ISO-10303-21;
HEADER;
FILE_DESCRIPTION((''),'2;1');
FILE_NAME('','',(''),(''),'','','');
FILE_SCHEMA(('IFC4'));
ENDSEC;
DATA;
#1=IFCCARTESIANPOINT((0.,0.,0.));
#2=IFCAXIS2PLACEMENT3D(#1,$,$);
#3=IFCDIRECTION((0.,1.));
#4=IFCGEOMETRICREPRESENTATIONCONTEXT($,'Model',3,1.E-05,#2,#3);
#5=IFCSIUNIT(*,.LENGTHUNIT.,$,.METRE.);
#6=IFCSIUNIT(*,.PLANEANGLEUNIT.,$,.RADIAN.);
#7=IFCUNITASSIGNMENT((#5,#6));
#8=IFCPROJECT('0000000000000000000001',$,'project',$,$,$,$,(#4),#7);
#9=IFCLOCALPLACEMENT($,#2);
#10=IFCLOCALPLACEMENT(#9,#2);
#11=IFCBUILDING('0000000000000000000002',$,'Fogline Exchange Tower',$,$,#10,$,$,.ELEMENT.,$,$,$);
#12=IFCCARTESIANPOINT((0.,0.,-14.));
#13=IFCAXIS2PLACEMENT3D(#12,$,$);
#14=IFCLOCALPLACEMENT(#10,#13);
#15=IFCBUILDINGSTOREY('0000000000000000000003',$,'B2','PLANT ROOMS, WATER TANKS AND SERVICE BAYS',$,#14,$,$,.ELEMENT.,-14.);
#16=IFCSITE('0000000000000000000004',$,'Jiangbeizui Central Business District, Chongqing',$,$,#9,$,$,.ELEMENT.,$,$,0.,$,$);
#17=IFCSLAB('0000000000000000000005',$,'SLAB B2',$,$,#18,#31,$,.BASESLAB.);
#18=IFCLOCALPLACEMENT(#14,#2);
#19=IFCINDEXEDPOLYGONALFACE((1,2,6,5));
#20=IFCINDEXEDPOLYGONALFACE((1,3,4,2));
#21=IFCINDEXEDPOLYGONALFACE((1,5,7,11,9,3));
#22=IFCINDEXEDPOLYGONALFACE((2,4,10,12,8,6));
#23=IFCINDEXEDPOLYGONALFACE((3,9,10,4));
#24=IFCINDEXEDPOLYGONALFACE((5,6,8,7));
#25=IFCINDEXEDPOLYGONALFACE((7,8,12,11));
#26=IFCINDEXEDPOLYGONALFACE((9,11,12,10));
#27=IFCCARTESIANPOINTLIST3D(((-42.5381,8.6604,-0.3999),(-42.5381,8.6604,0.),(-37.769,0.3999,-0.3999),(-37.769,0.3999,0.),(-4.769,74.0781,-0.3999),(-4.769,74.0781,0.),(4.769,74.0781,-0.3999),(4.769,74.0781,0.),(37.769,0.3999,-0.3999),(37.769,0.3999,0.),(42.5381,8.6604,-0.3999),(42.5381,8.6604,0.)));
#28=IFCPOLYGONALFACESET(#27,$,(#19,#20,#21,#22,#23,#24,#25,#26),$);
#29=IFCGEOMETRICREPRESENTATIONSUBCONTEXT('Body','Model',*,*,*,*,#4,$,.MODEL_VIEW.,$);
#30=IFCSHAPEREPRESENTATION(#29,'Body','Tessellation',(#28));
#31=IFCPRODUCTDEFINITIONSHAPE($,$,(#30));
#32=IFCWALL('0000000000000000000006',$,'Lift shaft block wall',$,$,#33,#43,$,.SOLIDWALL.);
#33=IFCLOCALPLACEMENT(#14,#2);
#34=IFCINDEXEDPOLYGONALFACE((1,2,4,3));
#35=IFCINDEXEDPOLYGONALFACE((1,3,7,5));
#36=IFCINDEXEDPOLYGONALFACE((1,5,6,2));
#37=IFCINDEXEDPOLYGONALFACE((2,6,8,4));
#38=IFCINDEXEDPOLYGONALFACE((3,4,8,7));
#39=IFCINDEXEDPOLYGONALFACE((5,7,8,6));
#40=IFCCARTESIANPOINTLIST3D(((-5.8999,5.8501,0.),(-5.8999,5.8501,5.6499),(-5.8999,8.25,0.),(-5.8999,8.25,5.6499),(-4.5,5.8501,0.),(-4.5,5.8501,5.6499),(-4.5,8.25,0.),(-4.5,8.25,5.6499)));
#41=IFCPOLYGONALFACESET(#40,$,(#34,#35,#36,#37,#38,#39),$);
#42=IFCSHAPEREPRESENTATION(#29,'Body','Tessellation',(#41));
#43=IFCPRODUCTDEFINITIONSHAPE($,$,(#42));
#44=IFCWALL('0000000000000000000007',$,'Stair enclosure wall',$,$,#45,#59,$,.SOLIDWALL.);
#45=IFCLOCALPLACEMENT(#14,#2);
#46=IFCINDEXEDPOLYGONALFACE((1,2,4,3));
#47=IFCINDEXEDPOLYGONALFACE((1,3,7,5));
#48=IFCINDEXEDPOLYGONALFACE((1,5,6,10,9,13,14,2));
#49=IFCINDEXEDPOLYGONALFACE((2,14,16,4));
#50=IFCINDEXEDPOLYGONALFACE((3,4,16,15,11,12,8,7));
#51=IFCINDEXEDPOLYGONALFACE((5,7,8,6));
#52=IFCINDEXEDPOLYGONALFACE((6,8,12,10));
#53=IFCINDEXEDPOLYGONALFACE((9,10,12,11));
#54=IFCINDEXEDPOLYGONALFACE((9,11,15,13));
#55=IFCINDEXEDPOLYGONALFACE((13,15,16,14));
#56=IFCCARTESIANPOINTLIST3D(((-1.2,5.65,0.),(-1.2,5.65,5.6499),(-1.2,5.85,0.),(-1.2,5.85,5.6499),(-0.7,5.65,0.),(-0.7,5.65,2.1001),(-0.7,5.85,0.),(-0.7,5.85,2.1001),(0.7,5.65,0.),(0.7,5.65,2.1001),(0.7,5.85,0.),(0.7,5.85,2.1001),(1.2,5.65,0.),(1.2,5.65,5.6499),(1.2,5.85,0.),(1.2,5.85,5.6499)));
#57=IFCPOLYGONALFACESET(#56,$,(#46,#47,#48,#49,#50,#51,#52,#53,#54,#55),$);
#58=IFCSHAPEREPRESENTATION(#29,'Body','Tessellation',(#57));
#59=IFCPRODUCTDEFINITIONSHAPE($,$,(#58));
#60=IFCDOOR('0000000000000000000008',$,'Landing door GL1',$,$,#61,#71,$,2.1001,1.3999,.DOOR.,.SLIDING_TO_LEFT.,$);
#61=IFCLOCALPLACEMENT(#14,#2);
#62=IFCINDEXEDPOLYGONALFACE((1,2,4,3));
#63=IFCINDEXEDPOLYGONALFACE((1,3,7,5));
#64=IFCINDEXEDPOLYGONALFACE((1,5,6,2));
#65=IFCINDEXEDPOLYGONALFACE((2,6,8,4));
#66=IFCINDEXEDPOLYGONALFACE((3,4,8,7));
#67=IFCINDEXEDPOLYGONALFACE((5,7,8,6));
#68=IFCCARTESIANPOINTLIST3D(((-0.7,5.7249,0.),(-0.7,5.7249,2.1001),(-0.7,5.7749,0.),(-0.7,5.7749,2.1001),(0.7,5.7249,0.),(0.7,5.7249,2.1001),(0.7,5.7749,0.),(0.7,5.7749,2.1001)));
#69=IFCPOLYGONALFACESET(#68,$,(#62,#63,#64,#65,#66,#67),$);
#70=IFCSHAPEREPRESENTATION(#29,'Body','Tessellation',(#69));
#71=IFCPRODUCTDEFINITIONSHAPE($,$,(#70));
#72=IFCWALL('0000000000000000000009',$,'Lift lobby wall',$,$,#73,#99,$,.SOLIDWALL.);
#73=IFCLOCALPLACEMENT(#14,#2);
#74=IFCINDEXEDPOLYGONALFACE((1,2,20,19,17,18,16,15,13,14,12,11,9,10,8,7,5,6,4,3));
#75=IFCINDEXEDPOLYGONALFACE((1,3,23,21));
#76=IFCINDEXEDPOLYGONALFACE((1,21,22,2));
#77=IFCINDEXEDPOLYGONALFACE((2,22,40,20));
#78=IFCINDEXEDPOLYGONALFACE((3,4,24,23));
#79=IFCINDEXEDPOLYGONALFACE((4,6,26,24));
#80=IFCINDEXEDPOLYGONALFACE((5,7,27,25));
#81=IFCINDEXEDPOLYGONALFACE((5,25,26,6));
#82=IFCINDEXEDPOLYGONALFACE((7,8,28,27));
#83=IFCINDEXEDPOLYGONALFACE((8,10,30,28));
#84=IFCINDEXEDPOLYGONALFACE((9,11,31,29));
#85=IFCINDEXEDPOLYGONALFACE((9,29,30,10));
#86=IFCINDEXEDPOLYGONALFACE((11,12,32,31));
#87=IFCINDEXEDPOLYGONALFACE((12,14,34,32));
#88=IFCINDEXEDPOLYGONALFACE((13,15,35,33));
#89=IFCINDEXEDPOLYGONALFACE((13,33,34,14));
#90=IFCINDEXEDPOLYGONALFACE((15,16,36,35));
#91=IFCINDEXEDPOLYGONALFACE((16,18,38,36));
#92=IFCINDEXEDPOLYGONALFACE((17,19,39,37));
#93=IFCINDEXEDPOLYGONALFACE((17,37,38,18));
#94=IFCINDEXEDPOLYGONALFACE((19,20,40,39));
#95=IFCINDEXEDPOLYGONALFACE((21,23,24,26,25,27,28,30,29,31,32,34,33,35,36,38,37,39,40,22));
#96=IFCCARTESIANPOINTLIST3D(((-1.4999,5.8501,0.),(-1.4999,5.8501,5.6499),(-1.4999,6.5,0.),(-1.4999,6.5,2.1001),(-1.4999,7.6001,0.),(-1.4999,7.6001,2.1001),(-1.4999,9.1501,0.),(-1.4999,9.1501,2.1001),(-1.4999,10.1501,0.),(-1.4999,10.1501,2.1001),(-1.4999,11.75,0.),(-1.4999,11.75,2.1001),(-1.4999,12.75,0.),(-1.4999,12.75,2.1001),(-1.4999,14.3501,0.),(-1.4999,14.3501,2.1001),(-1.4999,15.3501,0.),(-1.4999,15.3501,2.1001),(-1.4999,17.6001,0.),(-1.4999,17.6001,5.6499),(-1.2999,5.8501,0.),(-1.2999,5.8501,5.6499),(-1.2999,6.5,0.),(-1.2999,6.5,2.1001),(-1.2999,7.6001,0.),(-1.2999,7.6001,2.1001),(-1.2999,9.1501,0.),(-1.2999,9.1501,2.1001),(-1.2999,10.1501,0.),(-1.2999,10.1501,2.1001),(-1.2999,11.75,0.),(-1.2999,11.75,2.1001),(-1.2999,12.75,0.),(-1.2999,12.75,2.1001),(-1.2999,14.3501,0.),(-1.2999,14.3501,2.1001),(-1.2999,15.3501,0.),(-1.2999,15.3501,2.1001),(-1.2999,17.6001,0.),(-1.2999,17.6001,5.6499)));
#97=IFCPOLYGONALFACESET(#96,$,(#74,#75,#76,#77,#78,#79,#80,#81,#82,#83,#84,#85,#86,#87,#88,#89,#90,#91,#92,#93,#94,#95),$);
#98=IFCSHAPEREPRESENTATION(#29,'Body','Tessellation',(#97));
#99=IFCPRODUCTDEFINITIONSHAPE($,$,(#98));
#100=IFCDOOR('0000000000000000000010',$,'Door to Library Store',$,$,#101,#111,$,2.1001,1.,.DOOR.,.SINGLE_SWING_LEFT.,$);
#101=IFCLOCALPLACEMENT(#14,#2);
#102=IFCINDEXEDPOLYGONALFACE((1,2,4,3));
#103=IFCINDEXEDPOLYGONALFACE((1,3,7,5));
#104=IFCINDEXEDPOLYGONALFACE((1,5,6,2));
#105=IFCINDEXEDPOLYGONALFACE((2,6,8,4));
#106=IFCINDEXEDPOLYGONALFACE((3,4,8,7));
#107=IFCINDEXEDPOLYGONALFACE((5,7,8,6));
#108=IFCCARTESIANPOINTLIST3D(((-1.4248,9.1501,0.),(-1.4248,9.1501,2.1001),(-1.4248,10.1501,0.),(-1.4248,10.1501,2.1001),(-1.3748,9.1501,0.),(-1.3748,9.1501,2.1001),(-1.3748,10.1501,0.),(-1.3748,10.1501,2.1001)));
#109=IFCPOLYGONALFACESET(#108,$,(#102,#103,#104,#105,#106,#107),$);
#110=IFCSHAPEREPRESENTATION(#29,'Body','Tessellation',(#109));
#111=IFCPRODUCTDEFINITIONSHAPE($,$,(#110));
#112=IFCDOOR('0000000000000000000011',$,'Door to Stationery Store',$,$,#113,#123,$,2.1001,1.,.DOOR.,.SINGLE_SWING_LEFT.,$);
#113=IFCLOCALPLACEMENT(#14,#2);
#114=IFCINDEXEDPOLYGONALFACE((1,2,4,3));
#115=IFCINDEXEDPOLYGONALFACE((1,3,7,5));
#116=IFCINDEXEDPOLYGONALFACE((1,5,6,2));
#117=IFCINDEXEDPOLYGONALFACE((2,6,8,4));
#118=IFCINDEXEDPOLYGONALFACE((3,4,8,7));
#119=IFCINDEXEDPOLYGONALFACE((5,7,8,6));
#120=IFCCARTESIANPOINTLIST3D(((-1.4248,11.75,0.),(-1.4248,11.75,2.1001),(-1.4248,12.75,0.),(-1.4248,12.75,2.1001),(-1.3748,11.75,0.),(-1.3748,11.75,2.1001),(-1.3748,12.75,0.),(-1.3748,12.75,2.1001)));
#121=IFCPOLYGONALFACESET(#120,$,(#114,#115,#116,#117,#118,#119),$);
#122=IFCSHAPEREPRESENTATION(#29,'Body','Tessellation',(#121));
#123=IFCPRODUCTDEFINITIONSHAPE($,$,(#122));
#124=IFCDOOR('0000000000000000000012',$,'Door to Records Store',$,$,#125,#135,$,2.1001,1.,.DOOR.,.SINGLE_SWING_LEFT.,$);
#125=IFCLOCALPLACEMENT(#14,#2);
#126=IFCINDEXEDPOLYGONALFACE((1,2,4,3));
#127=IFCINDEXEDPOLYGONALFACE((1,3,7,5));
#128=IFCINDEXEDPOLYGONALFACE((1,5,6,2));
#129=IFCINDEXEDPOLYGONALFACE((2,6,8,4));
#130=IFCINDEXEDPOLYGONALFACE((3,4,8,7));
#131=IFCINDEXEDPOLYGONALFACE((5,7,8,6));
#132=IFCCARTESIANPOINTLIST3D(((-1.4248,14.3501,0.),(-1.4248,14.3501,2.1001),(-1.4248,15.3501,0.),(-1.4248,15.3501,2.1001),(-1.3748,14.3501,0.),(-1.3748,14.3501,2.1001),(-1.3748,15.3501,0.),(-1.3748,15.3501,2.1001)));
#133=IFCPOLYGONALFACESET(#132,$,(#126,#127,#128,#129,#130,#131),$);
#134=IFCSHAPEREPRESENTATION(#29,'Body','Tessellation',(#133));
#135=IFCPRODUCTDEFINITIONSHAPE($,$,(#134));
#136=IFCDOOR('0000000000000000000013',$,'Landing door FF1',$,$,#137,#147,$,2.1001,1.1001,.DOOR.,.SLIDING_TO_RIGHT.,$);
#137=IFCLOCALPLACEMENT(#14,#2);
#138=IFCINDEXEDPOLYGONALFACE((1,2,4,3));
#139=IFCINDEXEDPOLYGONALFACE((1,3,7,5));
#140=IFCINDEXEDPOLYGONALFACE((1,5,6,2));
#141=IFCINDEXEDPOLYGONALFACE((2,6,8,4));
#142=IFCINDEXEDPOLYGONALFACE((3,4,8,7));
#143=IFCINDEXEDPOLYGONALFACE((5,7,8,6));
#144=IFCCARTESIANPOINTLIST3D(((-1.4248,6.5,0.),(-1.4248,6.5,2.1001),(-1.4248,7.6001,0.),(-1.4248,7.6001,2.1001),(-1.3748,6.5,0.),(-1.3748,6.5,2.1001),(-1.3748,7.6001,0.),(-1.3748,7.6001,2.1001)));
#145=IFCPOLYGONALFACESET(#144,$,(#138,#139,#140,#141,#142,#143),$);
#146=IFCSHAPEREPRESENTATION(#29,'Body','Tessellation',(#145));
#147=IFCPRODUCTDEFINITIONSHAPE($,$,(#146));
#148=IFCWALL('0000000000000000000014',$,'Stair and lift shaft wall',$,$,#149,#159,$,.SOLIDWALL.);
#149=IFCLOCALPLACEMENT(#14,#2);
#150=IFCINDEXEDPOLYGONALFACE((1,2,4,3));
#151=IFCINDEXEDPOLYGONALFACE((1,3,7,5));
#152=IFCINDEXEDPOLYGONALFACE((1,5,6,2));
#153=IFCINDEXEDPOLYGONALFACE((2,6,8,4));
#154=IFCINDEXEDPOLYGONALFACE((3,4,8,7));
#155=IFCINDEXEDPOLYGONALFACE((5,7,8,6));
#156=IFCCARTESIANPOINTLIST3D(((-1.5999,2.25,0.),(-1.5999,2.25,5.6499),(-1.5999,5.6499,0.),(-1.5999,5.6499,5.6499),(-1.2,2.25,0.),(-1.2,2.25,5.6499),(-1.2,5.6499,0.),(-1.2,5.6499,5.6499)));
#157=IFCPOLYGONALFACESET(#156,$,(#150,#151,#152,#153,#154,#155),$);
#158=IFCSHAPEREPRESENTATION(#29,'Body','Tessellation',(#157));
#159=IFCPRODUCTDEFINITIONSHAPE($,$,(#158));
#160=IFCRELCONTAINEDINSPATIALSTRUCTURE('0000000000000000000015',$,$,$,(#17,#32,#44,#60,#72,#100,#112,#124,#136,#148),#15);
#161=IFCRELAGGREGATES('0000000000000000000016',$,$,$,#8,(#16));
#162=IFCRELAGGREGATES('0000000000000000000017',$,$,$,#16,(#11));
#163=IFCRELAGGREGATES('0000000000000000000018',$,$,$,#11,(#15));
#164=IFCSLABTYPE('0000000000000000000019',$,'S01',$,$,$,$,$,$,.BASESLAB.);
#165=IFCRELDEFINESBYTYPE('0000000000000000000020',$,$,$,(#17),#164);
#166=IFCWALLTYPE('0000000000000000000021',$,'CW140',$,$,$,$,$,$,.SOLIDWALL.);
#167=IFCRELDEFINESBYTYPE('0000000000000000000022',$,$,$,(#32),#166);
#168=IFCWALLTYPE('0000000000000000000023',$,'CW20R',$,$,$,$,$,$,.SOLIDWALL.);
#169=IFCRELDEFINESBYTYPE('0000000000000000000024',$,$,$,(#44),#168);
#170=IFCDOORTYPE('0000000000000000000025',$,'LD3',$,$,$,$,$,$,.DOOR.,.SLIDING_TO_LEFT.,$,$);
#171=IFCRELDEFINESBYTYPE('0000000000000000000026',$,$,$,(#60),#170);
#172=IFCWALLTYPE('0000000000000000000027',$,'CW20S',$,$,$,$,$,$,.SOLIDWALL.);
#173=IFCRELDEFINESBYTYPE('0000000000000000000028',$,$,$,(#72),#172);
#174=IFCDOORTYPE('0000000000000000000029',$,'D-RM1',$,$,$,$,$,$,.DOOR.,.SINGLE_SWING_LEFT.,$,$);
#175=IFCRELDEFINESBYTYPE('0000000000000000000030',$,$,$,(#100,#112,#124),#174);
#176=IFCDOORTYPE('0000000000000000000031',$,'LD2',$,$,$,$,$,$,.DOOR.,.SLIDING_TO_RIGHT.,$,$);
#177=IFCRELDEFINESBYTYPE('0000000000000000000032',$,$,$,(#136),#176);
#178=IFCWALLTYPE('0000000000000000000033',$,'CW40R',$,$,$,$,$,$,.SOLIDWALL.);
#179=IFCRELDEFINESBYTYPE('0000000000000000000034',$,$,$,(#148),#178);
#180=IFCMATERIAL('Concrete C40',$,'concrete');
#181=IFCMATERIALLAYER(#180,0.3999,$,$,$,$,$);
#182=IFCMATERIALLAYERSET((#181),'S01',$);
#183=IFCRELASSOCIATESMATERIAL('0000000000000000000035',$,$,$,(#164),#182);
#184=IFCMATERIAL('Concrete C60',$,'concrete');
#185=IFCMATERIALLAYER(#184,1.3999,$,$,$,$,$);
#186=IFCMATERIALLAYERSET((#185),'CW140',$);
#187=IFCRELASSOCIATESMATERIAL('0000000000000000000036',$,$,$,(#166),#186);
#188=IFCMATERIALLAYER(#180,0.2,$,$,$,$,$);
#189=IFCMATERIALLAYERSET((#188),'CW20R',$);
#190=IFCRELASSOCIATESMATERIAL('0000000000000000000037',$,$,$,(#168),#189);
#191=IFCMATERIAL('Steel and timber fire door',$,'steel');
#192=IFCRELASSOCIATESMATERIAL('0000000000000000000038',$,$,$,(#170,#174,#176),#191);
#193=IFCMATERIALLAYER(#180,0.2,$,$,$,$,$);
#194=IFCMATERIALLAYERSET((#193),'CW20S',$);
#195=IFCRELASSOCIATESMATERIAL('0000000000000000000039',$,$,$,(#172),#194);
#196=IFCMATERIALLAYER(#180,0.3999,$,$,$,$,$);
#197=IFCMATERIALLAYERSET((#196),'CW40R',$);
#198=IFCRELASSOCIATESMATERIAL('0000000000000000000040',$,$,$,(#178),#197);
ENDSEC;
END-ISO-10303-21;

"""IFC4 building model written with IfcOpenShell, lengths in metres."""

from ifc_helpers import new_model, si_unit, direction, frame, frame_2d, origin, place, context, subcontext, project, spatial, polyline, rectangle, outline, extrude, material, layer, layer_set, type_object, element, fill, save


model = new_model("IFC4")

# Units and contexts
model_context = context("Model", 3, precision=1e-05, world=origin(), true_north=direction((0.0, 1.0)))
body_context = subcontext(model_context, "Body", "Model", "MODEL_VIEW")
ifc_project = project(units=[si_unit("LENGTHUNIT", "METRE"), si_unit("PLANEANGLEUNIT", "RADIAN")], contexts=[model_context])

# Site, building, storey
site_placement = place(None, origin())
site = spatial("IfcSite", under=ifc_project, at=site_placement, Name="Jiangbeizui Central Business District, Chongqing", CompositionType="ELEMENT", RefElevation=0.0)
building_placement = place(site_placement, origin())
building = spatial("IfcBuilding", under=site, at=building_placement, Name="Fogline Exchange Tower", CompositionType="ELEMENT")
storey_placement = place(building_placement, frame((0.0, 0.0, -14.0)))
storey = spatial("IfcBuildingStorey", under=building, at=storey_placement, Name="B2", Description="PLANT ROOMS, WATER TANKS AND SERVICE BAYS", CompositionType="ELEMENT", Elevation=-14.0)

# Shared definitions
ifc_material_1 = material(Name="Concrete C40", Category="concrete")

# Slab
ifc_layer_1 = layer(ifc_material_1, 0.3999)
ifc_layer_set_1 = layer_set([ifc_layer_1], Name="S01")
slab_type = type_object("IfcSlabType", Name="S01", PredefinedType="BASESLAB", material=ifc_layer_set_1)
slab_placement = place(storey_placement, frame((0.0, 0.0, -0.3999)))
element("IfcSlab", 1, at=slab_placement, inside=storey, type_object=slab_type, Name="SLAB B2", PredefinedType="BASESLAB", context=body_context, shape_type="SweptSolid", body=[
    extrude(outline(polyline([(-42.5381, 8.6604), (-37.769, 0.3999), (37.769, 0.3999), (42.5381, 8.6604), (4.769, 74.0781), (-4.769, 74.0781), (-42.5381, 8.6604)])), origin(), (0.0, 0.0, 1.0), 0.3999),
])

# Wall
ifc_material_2 = material(Name="Concrete C60", Category="concrete")
ifc_layer_2 = layer(ifc_material_2, 1.3999)
ifc_layer_set_2 = layer_set([ifc_layer_2], Name="CW140")
wall_type_1 = type_object("IfcWallType", Name="CW140", PredefinedType="SOLIDWALL", material=ifc_layer_set_2)
wall_1_placement = place(storey_placement, frame((-5.2, 5.8501, 0.0), z_axis=(0.0, 0.0, 1.0), x_axis=(0.0, 1.0, 0.0)))
element("IfcWall", 2, at=wall_1_placement, inside=storey, type_object=wall_type_1, Name="Lift shaft block wall", PredefinedType="SOLIDWALL", context=body_context, shape_type="SweptSolid", body=[
    extrude(rectangle(XDim=2.3999, YDim=1.3999, at=frame_2d((1.2, 0.0))), origin(), (0.0, 0.0, 1.0), 5.6499),
])

# Wall, opening, door
ifc_layer_3 = layer(ifc_material_1, 0.2)
ifc_layer_set_3 = layer_set([ifc_layer_3], Name="CW20R")
wall_type_2 = type_object("IfcWallType", Name="CW20R", PredefinedType="SOLIDWALL", material=ifc_layer_set_3)
wall_2_placement = place(storey_placement, frame((-1.2, 5.75, 0.0), z_axis=(0.0, 0.0, 1.0), x_axis=(1.0, 0.0, 0.0)))
wall_2 = element("IfcWall", 3, at=wall_2_placement, inside=storey, type_object=wall_type_2, Name="Stair enclosure wall", PredefinedType="SOLIDWALL", context=body_context, shape_type="SweptSolid", body=[
    extrude(rectangle(XDim=2.3999, YDim=0.2, at=frame_2d((1.2, 0.0))), origin(), (0.0, 0.0, 1.0), 5.6499),
])
opening_1_placement = place(wall_2_placement, frame((0.5, 0.0, 0.0)))
opening_1 = element("IfcOpeningElement", 4, at=opening_1_placement, cuts=wall_2, PredefinedType="OPENING", context=body_context, shape_type="SweptSolid", body=[
    extrude(rectangle(XDim=1.3999, YDim=2.1001, at=frame_2d((0.7, 1.05))), frame((0.0, 0.1099, 0.0), z_axis=(0.0, -1.0, 0.0), x_axis=(1.0, 0.0, 0.0)), (0.0, 0.0, 1.0), 0.22),
])
ifc_material_3 = material(Name="Steel and timber fire door", Category="steel")
door_type_1 = type_object("IfcDoorType", Name="LD3", OperationType="SLIDING_TO_LEFT", PredefinedType="DOOR", material=ifc_material_3)
door_1_placement = place(opening_1_placement, origin())
door_1 = element("IfcDoor", 5, at=door_1_placement, inside=storey, type_object=door_type_1, Name="Landing door GL1", OperationType="SLIDING_TO_LEFT", OverallHeight=2.1001, OverallWidth=1.3999, PredefinedType="DOOR", context=body_context, shape_type="SweptSolid", body=[
    extrude(rectangle(XDim=1.3999, YDim=2.1001, at=frame_2d((0.7, 1.05))), frame((0.0, 0.0249, 0.0), z_axis=(0.0, -1.0, 0.0), x_axis=(1.0, 0.0, 0.0)), (0.0, 0.0, 1.0), 0.05),
])
fill(opening_1, door_1)

# Wall, openings, doors
ifc_layer_4 = layer(ifc_material_1, 0.2)
ifc_layer_set_4 = layer_set([ifc_layer_4], Name="CW20S")
wall_type_3 = type_object("IfcWallType", Name="CW20S", PredefinedType="SOLIDWALL", material=ifc_layer_set_4)
wall_3_placement = place(storey_placement, frame((-1.3999, 5.8501, 0.0), z_axis=(0.0, 0.0, 1.0), x_axis=(0.0, 1.0, 0.0)))
wall_3 = element("IfcWall", 6, at=wall_3_placement, inside=storey, type_object=wall_type_3, Name="Lift lobby wall", PredefinedType="SOLIDWALL", context=body_context, shape_type="SweptSolid", body=[
    extrude(rectangle(XDim=11.75, YDim=0.2, at=frame_2d((5.875, 0.0))), origin(), (0.0, 0.0, 1.0), 5.6499),
])
opening_2_placement = place(wall_3_placement, frame((0.6499, 0.0, 0.0)))
opening_2 = element("IfcOpeningElement", 7, at=opening_2_placement, cuts=wall_3, PredefinedType="OPENING", context=body_context, shape_type="SweptSolid", body=[
    extrude(rectangle(XDim=1.1001, YDim=2.1001, at=frame_2d((0.55, 1.05))), frame((0.0, 0.1099, 0.0), z_axis=(0.0, -1.0, 0.0), x_axis=(1.0, 0.0, 0.0)), (0.0, 0.0, 1.0), 0.22),
])
opening_3_placement = place(wall_3_placement, frame((3.3, 0.0, 0.0)))
opening_3 = element("IfcOpeningElement", 8, at=opening_3_placement, cuts=wall_3, PredefinedType="OPENING", context=body_context, shape_type="SweptSolid", body=[
    extrude(rectangle(XDim=1.0, YDim=2.1001, at=frame_2d((0.5, 1.05))), frame((0.0, 0.1099, 0.0), z_axis=(0.0, -1.0, 0.0), x_axis=(1.0, 0.0, 0.0)), (0.0, 0.0, 1.0), 0.22),
])
opening_4_placement = place(wall_3_placement, frame((5.8999, 0.0, 0.0)))
opening_4 = element("IfcOpeningElement", 9, at=opening_4_placement, cuts=wall_3, PredefinedType="OPENING", context=body_context, shape_type="SweptSolid", body=[
    extrude(rectangle(XDim=1.0, YDim=2.1001, at=frame_2d((0.5, 1.05))), frame((0.0, 0.1099, 0.0), z_axis=(0.0, -1.0, 0.0), x_axis=(1.0, 0.0, 0.0)), (0.0, 0.0, 1.0), 0.22),
])
opening_5_placement = place(wall_3_placement, frame((8.5, 0.0, 0.0)))
opening_5 = element("IfcOpeningElement", 10, at=opening_5_placement, cuts=wall_3, PredefinedType="OPENING", context=body_context, shape_type="SweptSolid", body=[
    extrude(rectangle(XDim=1.0, YDim=2.1001, at=frame_2d((0.5, 1.05))), frame((0.0, 0.1099, 0.0), z_axis=(0.0, -1.0, 0.0), x_axis=(1.0, 0.0, 0.0)), (0.0, 0.0, 1.0), 0.22),
])
door_type_2 = type_object("IfcDoorType", Name="D-RM1", OperationType="SINGLE_SWING_LEFT", PredefinedType="DOOR", material=ifc_material_3)
door_2_placement = place(opening_3_placement, origin())
door_2 = element("IfcDoor", 11, at=door_2_placement, inside=storey, type_object=door_type_2, Name="Door to Library Store", OperationType="SINGLE_SWING_LEFT", OverallHeight=2.1001, OverallWidth=1.0, PredefinedType="DOOR", context=body_context, shape_type="SweptSolid", body=[
    extrude(rectangle(XDim=1.0, YDim=2.1001, at=frame_2d((0.5, 1.05))), frame((0.0, 0.0249, 0.0), z_axis=(0.0, -1.0, 0.0), x_axis=(1.0, 0.0, 0.0)), (0.0, 0.0, 1.0), 0.05),
])
fill(opening_3, door_2)
door_3_placement = place(opening_4_placement, origin())
door_3 = element("IfcDoor", 12, at=door_3_placement, inside=storey, type_object=door_type_2, Name="Door to Stationery Store", OperationType="SINGLE_SWING_LEFT", OverallHeight=2.1001, OverallWidth=1.0, PredefinedType="DOOR", context=body_context, shape_type="SweptSolid", body=[
    extrude(rectangle(XDim=1.0, YDim=2.1001, at=frame_2d((0.5, 1.05))), frame((0.0, 0.0249, 0.0), z_axis=(0.0, -1.0, 0.0), x_axis=(1.0, 0.0, 0.0)), (0.0, 0.0, 1.0), 0.05),
])
fill(opening_4, door_3)
door_4_placement = place(opening_5_placement, origin())
door_4 = element("IfcDoor", 13, at=door_4_placement, inside=storey, type_object=door_type_2, Name="Door to Records Store", OperationType="SINGLE_SWING_LEFT", OverallHeight=2.1001, OverallWidth=1.0, PredefinedType="DOOR", context=body_context, shape_type="SweptSolid", body=[
    extrude(rectangle(XDim=1.0, YDim=2.1001, at=frame_2d((0.5, 1.05))), frame((0.0, 0.0249, 0.0), z_axis=(0.0, -1.0, 0.0), x_axis=(1.0, 0.0, 0.0)), (0.0, 0.0, 1.0), 0.05),
])
fill(opening_5, door_4)
door_type_3 = type_object("IfcDoorType", Name="LD2", OperationType="SLIDING_TO_RIGHT", PredefinedType="DOOR", material=ifc_material_3)
door_5_placement = place(opening_2_placement, origin())
door_5 = element("IfcDoor", 14, at=door_5_placement, inside=storey, type_object=door_type_3, Name="Landing door FF1", OperationType="SLIDING_TO_RIGHT", OverallHeight=2.1001, OverallWidth=1.1001, PredefinedType="DOOR", context=body_context, shape_type="SweptSolid", body=[
    extrude(rectangle(XDim=1.1001, YDim=2.1001, at=frame_2d((0.55, 1.05))), frame((0.0, 0.0249, 0.0), z_axis=(0.0, -1.0, 0.0), x_axis=(1.0, 0.0, 0.0)), (0.0, 0.0, 1.0), 0.05),
])
fill(opening_2, door_5)

# Wall
ifc_layer_5 = layer(ifc_material_1, 0.3999)
ifc_layer_set_5 = layer_set([ifc_layer_5], Name="CW40R")
wall_type_4 = type_object("IfcWallType", Name="CW40R", PredefinedType="SOLIDWALL", material=ifc_layer_set_5)
wall_4_placement = place(storey_placement, frame((-1.3999, 2.25, 0.0), z_axis=(0.0, 0.0, 1.0), x_axis=(0.0, 1.0, 0.0)))
element("IfcWall", 15, at=wall_4_placement, inside=storey, type_object=wall_type_4, Name="Stair and lift shaft wall", PredefinedType="SOLIDWALL", context=body_context, shape_type="SweptSolid", body=[
    extrude(rectangle(XDim=3.3999, YDim=0.3999, at=frame_2d((1.7, 0.0))), origin(), (0.0, 0.0, 1.0), 5.6499),
])

save(model, "model.ifc")
